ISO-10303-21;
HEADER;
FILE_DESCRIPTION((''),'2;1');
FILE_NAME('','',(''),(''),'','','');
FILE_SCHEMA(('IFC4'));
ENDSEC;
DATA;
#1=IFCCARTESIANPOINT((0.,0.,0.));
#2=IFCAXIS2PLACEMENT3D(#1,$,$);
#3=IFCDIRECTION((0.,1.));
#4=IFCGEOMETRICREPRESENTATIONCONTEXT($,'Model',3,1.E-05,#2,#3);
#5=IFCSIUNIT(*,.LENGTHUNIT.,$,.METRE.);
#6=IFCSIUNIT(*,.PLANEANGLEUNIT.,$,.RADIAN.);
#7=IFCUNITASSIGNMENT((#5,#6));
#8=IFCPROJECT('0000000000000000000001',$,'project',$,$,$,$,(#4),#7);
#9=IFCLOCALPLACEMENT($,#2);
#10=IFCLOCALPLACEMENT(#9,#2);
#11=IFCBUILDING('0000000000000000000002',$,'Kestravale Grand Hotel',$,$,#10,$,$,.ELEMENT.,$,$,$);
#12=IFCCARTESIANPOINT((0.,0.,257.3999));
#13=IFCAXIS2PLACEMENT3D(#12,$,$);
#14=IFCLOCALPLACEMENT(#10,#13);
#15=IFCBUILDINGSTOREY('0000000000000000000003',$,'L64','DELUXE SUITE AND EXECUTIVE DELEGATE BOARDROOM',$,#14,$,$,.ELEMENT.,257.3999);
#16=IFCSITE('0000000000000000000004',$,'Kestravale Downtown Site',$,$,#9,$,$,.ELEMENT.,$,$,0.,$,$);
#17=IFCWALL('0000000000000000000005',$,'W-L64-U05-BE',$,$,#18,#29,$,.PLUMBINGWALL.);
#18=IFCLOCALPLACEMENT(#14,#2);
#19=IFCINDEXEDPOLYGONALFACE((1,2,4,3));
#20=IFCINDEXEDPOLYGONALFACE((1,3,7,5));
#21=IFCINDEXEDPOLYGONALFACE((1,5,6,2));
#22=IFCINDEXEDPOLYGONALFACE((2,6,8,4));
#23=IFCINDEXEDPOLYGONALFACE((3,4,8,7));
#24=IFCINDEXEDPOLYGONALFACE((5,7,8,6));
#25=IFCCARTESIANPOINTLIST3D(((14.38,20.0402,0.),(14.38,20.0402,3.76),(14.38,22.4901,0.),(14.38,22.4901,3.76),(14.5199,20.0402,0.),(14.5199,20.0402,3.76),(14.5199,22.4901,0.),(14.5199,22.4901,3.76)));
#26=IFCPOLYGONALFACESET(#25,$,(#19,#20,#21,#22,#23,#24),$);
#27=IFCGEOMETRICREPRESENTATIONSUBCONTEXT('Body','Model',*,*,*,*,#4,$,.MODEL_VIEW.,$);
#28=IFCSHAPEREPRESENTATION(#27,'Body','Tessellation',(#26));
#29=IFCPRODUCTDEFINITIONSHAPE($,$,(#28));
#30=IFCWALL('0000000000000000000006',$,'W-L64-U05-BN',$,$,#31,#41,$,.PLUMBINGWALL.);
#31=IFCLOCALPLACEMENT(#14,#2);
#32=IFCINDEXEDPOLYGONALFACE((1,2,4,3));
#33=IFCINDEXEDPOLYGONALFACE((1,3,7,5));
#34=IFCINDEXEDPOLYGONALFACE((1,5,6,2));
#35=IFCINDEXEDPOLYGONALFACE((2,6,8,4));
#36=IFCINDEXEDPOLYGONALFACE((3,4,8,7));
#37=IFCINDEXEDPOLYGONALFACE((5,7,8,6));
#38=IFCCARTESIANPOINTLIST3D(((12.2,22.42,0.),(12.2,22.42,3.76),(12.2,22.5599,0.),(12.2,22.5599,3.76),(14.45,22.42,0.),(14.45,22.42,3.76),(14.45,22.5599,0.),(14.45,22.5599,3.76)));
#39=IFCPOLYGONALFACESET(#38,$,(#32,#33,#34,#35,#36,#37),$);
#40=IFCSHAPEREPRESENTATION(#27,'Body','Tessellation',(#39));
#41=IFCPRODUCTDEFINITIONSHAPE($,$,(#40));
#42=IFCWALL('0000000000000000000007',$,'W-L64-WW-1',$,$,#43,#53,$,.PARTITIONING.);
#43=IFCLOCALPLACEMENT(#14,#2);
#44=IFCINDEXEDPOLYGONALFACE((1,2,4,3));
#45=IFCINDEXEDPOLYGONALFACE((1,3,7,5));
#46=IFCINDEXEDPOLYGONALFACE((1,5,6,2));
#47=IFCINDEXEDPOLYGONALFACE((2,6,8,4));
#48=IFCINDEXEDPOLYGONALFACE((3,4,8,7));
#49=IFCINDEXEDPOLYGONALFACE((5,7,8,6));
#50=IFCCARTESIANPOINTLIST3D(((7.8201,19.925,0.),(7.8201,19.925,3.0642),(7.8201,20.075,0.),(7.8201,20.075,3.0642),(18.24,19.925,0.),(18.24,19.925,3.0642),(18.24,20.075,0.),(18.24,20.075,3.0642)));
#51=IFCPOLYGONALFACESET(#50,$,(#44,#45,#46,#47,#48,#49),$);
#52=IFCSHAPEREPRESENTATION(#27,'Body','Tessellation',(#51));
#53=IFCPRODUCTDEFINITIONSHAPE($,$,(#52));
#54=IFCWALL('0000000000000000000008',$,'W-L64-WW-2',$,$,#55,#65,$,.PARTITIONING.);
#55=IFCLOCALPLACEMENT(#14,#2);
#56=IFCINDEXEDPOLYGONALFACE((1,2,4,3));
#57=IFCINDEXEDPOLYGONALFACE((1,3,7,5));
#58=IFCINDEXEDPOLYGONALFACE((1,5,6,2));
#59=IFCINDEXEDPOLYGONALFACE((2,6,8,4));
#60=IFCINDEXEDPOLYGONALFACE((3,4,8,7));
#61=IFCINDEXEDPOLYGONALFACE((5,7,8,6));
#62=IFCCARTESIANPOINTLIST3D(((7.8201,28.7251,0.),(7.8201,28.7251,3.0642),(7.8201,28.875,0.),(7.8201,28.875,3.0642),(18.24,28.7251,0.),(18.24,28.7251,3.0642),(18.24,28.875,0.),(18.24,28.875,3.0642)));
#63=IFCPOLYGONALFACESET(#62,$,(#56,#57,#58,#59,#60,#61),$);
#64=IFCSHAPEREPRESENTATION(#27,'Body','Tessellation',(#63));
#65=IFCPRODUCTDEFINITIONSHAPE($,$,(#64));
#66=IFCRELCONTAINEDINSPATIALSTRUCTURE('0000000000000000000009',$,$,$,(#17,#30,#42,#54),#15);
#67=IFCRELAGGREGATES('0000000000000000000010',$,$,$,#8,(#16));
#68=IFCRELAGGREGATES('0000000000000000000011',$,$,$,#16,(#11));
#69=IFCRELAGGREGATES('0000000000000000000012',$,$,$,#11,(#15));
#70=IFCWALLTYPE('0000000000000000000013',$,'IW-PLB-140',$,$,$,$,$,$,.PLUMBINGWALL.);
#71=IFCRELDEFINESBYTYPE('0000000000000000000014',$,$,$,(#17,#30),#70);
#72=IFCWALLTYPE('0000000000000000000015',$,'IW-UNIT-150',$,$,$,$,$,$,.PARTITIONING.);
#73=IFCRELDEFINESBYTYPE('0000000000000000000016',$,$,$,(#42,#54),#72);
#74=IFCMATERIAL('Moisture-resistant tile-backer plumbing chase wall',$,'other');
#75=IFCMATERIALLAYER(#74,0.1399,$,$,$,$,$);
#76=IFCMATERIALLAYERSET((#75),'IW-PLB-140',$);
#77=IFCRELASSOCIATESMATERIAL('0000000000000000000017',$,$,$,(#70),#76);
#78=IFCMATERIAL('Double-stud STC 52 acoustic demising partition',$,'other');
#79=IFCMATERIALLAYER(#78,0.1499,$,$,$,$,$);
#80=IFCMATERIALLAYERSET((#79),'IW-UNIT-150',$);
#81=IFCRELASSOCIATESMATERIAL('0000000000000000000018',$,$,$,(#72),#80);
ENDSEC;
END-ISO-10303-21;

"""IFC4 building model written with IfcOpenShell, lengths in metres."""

from ifc_helpers import new_model, si_unit, direction, frame, frame_2d, origin, place, context, subcontext, project, spatial, rectangle, extrude, material, layer, layer_set, type_object, element, save


model = new_model("IFC4")

# Units and contexts
model_context = context("Model", 3, precision=1e-05, world=origin(), true_north=direction((0.0, 1.0)))
body_context = subcontext(model_context, "Body", "Model", "MODEL_VIEW")
ifc_project = project(units=[si_unit("LENGTHUNIT", "METRE"), si_unit("PLANEANGLEUNIT", "RADIAN")], contexts=[model_context])

# Site, building, storey
site_placement = place(None, origin())
site = spatial("IfcSite", under=ifc_project, at=site_placement, Name="Kestravale Downtown Site", CompositionType="ELEMENT", RefElevation=0.0)
building_placement = place(site_placement, origin())
building = spatial("IfcBuilding", under=site, at=building_placement, Name="Kestravale Grand Hotel", CompositionType="ELEMENT")
storey_placement = place(building_placement, frame((0.0, 0.0, 257.3999)))
storey = spatial("IfcBuildingStorey", under=building, at=storey_placement, Name="L64", Description="DELUXE SUITE AND EXECUTIVE DELEGATE BOARDROOM", CompositionType="ELEMENT", Elevation=257.3999)

# Shared definitions
ifc_material_1 = material(Name="Moisture-resistant tile-backer plumbing chase wall", Category="other")
ifc_layer_1 = layer(ifc_material_1, 0.1399)
ifc_layer_set_1 = layer_set([ifc_layer_1], Name="IW-PLB-140")
wall_type_1 = type_object("IfcWallType", Name="IW-PLB-140", PredefinedType="PLUMBINGWALL", material=ifc_layer_set_1)

# Walls
wall_1_placement = place(storey_placement, frame((14.45, 20.04, 0.0), z_axis=(0.0, 0.0, 1.0), x_axis=(0.0, 1.0, 0.0)))
element("IfcWall", 1, at=wall_1_placement, inside=storey, type_object=wall_type_1, Name="W-L64-U05-BE", PredefinedType="PLUMBINGWALL", context=body_context, shape_type="SweptSolid", body=[
    extrude(rectangle(XDim=2.45, YDim=0.1399, at=frame_2d((1.2251, 0.0))), origin(), (0.0, 0.0, 1.0), 3.76),
])
wall_2_placement = place(storey_placement, frame((12.2, 22.49, 0.0), z_axis=(0.0, 0.0, 1.0), x_axis=(1.0, 0.0, 0.0)))
element("IfcWall", 2, at=wall_2_placement, inside=storey, type_object=wall_type_1, Name="W-L64-U05-BN", PredefinedType="PLUMBINGWALL", context=body_context, shape_type="SweptSolid", body=[
    extrude(rectangle(XDim=2.25, YDim=0.1399, at=frame_2d((1.125, 0.0))), origin(), (0.0, 0.0, 1.0), 3.76),
])
ifc_material_2 = material(Name="Double-stud STC 52 acoustic demising partition", Category="other")
ifc_layer_2 = layer(ifc_material_2, 0.1499)
ifc_layer_set_2 = layer_set([ifc_layer_2], Name="IW-UNIT-150")
wall_type_2 = type_object("IfcWallType", Name="IW-UNIT-150", PredefinedType="PARTITIONING", material=ifc_layer_set_2)
for number, where, z_axis, x_axis, name in (
    (3, (7.8201, 20.0, 0.0), (0.0, 0.0, 1.0), (1.0, 0.0, 0.0), "W-L64-WW-1"),
    (4, (7.8201, 28.8, 0.0), (0.0, 0.0, 1.0), (1.0, 0.0, 0.0), "W-L64-WW-2"),
):
    element("IfcWall", number, at=place(storey_placement, frame(where, z_axis=z_axis, x_axis=x_axis)), inside=storey, type_object=wall_type_2, Name=name, PredefinedType="PARTITIONING", context=body_context, shape_type="SweptSolid", body=[
        extrude(rectangle(XDim=10.4199, YDim=0.1499, at=frame_2d((5.21, 0.0))), origin(), (0.0, 0.0, 1.0), 3.0642),
    ])

save(model, "model.ifc")
